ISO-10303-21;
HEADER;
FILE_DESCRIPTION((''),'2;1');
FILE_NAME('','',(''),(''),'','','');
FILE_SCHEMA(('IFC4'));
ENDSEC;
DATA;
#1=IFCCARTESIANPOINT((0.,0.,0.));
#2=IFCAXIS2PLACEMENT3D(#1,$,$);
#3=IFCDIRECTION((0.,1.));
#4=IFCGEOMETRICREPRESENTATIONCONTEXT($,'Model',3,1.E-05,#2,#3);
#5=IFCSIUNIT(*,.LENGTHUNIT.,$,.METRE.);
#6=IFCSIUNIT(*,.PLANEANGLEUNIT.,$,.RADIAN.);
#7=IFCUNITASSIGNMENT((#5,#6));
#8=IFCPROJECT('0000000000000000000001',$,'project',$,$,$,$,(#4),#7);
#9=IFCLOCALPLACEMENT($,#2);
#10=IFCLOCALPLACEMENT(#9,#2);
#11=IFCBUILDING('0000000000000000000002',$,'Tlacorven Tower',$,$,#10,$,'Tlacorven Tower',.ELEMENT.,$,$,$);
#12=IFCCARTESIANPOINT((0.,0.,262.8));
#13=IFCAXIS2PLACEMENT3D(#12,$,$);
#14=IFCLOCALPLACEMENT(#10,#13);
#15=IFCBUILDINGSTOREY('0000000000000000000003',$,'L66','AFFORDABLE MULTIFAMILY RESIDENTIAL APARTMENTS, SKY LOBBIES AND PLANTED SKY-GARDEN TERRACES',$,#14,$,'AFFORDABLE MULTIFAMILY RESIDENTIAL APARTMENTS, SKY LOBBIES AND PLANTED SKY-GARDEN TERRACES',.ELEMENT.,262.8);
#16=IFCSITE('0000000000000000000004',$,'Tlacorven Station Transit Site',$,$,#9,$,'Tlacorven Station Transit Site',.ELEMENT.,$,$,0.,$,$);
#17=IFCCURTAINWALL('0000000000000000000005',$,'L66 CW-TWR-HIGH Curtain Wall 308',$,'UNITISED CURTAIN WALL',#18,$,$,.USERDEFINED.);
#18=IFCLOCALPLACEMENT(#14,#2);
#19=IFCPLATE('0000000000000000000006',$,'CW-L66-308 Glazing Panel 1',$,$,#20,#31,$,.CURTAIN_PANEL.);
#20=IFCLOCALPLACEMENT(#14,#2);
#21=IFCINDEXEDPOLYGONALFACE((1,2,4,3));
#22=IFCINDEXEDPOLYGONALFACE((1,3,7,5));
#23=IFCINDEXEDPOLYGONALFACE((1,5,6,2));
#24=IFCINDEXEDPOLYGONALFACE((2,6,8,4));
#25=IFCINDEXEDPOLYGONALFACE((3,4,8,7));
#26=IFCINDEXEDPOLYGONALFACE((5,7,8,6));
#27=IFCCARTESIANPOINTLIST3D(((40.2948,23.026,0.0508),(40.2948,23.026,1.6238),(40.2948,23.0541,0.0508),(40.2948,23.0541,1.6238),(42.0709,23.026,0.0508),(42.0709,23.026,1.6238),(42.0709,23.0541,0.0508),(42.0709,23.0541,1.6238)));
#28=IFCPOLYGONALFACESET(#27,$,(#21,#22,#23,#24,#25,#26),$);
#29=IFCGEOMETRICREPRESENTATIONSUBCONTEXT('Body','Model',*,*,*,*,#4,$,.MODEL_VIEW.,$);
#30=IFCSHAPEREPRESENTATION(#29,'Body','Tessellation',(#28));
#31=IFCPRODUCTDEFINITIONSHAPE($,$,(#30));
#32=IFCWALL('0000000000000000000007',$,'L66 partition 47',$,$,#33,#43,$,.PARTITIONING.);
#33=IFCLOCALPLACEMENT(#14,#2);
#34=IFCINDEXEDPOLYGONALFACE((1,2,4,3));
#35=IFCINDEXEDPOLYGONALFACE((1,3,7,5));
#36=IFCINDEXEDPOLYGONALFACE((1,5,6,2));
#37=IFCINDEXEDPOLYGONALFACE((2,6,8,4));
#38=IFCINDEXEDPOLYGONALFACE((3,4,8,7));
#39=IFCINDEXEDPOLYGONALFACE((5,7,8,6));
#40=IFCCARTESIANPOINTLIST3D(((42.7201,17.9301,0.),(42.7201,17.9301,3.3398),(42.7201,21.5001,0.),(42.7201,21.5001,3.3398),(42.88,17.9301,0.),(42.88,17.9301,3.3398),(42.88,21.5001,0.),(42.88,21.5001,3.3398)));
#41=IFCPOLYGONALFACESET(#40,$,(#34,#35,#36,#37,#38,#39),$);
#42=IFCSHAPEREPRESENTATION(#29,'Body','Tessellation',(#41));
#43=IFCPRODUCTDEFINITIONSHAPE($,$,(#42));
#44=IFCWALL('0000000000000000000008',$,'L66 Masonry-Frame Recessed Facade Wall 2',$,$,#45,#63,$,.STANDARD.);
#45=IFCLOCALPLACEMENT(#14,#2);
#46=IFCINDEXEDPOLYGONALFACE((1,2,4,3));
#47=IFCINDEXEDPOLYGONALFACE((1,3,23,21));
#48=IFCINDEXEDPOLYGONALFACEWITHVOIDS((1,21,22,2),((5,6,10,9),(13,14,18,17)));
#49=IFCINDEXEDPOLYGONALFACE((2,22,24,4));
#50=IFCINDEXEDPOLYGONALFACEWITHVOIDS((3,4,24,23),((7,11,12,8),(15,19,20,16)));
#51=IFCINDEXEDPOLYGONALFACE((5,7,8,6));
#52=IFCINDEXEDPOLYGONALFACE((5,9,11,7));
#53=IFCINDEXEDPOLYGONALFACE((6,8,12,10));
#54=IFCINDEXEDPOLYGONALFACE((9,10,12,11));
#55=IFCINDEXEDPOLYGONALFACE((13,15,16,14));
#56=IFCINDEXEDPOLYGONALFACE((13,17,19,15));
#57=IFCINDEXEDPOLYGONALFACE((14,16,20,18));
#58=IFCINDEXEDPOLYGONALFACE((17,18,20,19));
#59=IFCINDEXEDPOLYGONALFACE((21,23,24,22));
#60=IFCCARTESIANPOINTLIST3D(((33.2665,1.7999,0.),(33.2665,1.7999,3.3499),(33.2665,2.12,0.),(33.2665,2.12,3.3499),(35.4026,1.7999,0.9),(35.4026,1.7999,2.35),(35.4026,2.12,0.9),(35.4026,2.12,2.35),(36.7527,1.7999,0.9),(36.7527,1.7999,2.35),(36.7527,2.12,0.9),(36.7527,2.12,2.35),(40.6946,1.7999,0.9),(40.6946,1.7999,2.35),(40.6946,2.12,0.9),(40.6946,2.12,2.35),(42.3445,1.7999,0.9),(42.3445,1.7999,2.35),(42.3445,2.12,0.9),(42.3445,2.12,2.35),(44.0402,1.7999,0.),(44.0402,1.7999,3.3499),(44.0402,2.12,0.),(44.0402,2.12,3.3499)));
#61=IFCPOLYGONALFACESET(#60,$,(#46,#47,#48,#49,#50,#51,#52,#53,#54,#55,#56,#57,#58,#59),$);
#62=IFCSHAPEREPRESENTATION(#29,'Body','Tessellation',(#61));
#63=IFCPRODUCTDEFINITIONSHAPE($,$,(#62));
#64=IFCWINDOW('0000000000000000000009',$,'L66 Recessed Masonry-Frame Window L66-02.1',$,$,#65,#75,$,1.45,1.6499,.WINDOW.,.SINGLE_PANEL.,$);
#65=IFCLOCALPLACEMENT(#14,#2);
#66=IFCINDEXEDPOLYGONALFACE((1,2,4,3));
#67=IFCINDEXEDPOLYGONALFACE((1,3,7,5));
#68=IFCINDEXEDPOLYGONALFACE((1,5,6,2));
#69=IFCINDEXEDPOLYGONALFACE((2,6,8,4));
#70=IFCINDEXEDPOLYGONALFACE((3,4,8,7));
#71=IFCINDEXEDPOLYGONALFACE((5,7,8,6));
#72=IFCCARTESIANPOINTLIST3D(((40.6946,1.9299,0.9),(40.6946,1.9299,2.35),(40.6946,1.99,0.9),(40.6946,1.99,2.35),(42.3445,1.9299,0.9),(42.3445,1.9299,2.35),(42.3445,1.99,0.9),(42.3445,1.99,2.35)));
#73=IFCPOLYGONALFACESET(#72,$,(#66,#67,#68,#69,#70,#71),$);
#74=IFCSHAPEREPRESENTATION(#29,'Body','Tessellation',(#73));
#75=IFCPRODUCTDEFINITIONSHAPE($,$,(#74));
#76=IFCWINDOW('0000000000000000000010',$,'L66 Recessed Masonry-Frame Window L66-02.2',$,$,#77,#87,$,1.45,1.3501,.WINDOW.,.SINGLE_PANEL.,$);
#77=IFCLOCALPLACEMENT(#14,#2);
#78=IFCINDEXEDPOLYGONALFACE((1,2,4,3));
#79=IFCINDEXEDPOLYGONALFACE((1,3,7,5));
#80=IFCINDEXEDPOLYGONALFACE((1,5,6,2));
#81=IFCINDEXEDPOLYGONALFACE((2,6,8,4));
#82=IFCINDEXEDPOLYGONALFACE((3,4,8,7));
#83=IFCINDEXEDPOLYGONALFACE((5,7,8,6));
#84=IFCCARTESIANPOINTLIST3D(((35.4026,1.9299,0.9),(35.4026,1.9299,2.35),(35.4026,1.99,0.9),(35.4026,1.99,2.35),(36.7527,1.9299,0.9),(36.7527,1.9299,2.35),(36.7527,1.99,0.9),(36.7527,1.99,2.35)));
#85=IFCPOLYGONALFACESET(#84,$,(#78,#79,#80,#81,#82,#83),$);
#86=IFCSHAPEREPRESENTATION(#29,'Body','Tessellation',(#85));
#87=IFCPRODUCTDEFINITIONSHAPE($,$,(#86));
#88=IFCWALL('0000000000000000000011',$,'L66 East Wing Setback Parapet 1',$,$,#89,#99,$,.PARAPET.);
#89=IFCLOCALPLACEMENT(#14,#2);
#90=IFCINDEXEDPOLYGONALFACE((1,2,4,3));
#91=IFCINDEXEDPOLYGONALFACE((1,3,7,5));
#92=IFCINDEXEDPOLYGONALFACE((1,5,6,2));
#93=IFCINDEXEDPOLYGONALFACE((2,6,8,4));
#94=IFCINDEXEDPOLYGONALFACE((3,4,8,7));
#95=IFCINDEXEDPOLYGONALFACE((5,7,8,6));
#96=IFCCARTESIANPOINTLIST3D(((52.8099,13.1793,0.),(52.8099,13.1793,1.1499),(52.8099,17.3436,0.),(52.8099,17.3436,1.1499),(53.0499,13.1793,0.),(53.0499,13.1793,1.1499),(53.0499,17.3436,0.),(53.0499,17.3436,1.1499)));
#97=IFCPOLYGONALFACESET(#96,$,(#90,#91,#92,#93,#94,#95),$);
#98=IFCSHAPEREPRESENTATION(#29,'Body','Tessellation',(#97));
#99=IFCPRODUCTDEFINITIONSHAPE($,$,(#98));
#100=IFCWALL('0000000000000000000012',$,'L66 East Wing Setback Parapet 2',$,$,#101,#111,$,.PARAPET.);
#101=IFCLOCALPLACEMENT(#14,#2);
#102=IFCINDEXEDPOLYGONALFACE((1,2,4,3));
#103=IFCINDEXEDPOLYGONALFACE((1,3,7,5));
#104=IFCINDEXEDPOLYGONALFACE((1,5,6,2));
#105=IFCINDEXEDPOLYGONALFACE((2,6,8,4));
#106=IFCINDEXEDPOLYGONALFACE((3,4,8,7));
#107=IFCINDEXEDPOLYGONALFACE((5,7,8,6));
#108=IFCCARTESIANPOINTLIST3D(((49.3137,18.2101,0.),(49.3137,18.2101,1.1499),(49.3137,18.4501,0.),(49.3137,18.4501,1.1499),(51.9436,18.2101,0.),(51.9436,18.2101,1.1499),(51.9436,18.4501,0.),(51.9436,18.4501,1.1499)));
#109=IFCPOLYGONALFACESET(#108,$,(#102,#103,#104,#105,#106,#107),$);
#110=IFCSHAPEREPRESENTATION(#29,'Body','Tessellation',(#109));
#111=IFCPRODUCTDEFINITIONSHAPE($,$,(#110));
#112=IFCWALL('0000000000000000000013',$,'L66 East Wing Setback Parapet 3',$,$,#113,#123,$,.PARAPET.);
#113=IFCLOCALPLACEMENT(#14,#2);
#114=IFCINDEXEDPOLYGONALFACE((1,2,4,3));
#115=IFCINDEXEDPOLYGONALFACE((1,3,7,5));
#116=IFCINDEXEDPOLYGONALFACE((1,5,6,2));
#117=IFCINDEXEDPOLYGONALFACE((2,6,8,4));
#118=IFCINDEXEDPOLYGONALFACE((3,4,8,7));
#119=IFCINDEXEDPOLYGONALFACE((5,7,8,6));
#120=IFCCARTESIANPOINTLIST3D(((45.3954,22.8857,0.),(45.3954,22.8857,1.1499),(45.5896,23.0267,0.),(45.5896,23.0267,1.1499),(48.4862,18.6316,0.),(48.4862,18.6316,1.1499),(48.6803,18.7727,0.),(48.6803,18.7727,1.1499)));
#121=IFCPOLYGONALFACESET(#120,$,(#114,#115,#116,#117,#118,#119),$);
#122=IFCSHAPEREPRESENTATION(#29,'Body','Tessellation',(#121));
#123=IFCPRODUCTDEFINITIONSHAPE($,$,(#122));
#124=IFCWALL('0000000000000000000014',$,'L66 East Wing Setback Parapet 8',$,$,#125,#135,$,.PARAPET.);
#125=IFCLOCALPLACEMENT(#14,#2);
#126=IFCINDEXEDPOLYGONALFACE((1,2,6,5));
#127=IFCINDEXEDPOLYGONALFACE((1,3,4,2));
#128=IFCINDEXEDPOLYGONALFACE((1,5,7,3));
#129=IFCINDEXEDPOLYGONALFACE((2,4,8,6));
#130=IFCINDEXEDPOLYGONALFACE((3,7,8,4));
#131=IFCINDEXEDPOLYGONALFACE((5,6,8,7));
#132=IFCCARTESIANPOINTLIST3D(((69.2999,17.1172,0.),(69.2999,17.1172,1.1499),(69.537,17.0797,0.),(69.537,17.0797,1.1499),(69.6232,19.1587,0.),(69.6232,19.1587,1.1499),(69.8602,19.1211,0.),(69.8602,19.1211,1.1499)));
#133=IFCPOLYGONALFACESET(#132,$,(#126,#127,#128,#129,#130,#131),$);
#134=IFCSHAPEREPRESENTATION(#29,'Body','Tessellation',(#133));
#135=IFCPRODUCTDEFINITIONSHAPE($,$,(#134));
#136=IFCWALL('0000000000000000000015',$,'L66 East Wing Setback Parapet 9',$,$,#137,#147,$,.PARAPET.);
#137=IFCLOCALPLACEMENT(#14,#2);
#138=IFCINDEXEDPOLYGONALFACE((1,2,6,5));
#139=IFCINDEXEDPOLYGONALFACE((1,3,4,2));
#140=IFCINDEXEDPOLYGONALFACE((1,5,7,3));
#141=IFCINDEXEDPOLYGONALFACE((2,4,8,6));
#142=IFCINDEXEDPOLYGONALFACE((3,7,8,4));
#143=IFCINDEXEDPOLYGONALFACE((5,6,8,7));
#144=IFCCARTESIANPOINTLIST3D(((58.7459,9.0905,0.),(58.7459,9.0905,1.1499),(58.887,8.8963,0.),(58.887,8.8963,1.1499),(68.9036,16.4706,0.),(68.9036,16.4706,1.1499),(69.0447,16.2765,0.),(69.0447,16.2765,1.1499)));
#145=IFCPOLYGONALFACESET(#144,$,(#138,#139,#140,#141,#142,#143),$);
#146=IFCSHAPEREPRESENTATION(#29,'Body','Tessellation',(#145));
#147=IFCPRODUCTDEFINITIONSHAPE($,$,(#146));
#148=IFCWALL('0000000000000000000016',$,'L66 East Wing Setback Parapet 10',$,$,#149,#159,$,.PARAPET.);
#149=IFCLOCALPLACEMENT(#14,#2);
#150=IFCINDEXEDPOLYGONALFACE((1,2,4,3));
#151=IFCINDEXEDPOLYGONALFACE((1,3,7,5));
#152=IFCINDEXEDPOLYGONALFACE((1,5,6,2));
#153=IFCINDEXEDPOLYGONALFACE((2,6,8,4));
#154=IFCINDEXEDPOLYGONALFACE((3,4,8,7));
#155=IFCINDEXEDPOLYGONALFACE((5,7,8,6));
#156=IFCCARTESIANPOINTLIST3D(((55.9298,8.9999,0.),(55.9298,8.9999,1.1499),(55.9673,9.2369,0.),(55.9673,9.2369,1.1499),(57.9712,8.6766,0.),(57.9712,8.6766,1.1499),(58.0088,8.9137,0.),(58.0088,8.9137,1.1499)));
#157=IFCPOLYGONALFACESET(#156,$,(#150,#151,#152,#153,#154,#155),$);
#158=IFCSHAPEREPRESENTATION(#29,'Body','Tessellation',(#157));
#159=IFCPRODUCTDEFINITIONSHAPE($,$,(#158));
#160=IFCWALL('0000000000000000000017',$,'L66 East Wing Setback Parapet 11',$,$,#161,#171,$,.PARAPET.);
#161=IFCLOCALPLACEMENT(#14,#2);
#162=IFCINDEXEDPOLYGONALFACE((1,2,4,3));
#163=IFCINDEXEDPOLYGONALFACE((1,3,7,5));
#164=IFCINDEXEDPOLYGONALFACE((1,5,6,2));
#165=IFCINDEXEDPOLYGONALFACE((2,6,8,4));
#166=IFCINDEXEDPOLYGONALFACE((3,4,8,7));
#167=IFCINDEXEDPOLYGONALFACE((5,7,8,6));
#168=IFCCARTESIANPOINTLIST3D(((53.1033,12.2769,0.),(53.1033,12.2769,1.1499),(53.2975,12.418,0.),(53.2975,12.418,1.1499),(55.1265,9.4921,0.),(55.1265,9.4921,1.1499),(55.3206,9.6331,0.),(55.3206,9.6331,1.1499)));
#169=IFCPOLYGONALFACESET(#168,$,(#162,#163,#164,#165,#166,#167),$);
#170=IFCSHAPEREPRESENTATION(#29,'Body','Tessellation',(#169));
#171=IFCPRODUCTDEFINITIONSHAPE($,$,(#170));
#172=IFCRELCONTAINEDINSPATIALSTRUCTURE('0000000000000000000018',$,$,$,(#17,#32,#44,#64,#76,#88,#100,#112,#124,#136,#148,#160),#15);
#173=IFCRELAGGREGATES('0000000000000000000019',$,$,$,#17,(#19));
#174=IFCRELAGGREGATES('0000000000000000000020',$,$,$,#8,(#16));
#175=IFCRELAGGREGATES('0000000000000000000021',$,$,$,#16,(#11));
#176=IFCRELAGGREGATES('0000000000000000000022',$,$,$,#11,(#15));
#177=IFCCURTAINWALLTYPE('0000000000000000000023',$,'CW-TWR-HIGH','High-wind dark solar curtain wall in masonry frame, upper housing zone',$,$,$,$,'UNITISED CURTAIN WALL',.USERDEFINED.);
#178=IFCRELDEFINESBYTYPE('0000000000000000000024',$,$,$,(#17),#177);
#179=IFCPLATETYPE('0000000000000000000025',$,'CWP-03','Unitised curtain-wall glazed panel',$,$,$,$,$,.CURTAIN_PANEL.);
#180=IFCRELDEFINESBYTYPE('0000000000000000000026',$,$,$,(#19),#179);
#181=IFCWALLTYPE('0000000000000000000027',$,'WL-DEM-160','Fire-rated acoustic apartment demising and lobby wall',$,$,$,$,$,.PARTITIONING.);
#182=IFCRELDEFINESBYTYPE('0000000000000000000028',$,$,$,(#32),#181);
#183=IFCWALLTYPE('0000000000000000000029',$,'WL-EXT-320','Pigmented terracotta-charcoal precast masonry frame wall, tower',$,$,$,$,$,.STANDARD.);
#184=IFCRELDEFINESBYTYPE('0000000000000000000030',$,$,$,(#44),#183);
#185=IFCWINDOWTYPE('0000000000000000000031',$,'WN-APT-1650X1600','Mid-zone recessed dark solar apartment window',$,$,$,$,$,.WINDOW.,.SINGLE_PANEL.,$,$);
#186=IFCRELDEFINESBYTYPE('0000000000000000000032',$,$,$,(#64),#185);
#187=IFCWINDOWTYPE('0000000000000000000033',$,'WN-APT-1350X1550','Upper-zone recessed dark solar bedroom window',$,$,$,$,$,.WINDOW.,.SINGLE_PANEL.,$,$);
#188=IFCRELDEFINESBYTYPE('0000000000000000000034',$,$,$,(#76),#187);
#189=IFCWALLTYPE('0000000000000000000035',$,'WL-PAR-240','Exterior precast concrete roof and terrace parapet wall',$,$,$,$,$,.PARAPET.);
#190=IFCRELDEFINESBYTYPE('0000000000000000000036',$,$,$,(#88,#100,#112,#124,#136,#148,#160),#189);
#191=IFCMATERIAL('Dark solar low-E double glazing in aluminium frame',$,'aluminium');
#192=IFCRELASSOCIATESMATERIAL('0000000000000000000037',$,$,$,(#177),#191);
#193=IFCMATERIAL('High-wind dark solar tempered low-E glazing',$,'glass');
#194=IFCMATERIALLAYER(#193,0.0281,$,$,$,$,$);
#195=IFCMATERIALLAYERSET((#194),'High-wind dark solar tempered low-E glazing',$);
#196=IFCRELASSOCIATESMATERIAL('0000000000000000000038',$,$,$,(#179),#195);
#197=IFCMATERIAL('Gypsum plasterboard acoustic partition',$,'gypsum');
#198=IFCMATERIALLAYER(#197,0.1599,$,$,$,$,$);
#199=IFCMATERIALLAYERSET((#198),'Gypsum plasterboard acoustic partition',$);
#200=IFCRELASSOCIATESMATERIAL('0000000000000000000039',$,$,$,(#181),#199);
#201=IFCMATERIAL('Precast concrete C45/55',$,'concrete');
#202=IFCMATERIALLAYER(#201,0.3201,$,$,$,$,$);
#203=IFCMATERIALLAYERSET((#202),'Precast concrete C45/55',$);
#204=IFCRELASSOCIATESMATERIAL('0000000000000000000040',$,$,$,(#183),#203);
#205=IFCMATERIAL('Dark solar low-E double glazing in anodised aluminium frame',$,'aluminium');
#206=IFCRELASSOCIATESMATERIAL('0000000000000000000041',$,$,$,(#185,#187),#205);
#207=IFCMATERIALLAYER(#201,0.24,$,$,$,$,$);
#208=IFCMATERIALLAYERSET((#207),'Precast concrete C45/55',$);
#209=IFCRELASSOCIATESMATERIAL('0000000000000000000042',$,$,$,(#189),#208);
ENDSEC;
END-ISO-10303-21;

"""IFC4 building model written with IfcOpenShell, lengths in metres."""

from ifc_helpers import new_model, si_unit, direction, frame, frame_2d, origin, origin_2d, place, context, subcontext, project, spatial, rectangle, extrude, source, transform, mapped, material, layer, layer_set, type_object, element, fill, aggregate, save


model = new_model("IFC4")

# Units and contexts
model_context = context("Model", 3, precision=1e-05, world=origin(), true_north=direction((0.0, 1.0)))
body_context = subcontext(model_context, "Body", "Model", "MODEL_VIEW")
ifc_project = project(units=[si_unit("LENGTHUNIT", "METRE"), si_unit("PLANEANGLEUNIT", "RADIAN")], contexts=[model_context])

# Site, building, storey
site_placement = place(None, origin())
site = spatial("IfcSite", under=ifc_project, at=site_placement, Name="Tlacorven Station Transit Site", LongName="Tlacorven Station Transit Site", CompositionType="ELEMENT", RefElevation=0.0)
building_placement = place(site_placement, origin())
building = spatial("IfcBuilding", under=site, at=building_placement, Name="Tlacorven Tower", LongName="Tlacorven Tower", CompositionType="ELEMENT")
storey_placement = place(building_placement, frame((0.0, 0.0, 262.8)))
storey = spatial("IfcBuildingStorey", under=building, at=storey_placement, Name="L66", Description="AFFORDABLE MULTIFAMILY RESIDENTIAL APARTMENTS, SKY LOBBIES AND PLANTED SKY-GARDEN TERRACES", LongName="AFFORDABLE MULTIFAMILY RESIDENTIAL APARTMENTS, SKY LOBBIES AND PLANTED SKY-GARDEN TERRACES", CompositionType="ELEMENT", Elevation=262.8)

# Curtain wall, plate
ifc_material_1 = material(Name="Dark solar low-E double glazing in aluminium frame", Category="aluminium")
curtain_wall_type = type_object("IfcCurtainWallType", Name="CW-TWR-HIGH", Description="High-wind dark solar curtain wall in masonry frame, upper housing zone", ElementType="UNITISED CURTAIN WALL", PredefinedType="USERDEFINED", material=ifc_material_1)
curtain_wall_placement = place(storey_placement, origin())
curtain_wall = element("IfcCurtainWall", 1, at=curtain_wall_placement, inside=storey, type_object=curtain_wall_type, Name="L66 CW-TWR-HIGH Curtain Wall 308", ObjectType="UNITISED CURTAIN WALL", PredefinedType="USERDEFINED")
ifc_material_2 = material(Name="High-wind dark solar tempered low-E glazing", Category="glass")
ifc_layer_1 = layer(ifc_material_2, 0.0281)
ifc_layer_set_1 = layer_set([ifc_layer_1], Name="High-wind dark solar tempered low-E glazing")
plate_type = type_object("IfcPlateType", Name="CWP-03", Description="Unitised curtain-wall glazed panel", PredefinedType="CURTAIN_PANEL", material=ifc_layer_set_1)
shared_shape_1 = source(origin(), body_context, "Body", "SweptSolid", [
    extrude(rectangle(XDim=1.7761, YDim=0.0281, at=origin_2d()), origin(), (0.0, 0.0, 1.0), 1.573),
])
plate_placement = place(storey_placement, frame((41.1829, 23.04, 0.0508), z_axis=(0.0, 0.0, 1.0), x_axis=(1.0, 0.0, 0.0)))
plate = element("IfcPlate", 2, at=plate_placement, type_object=plate_type, Name="CW-L66-308 Glazing Panel 1", PredefinedType="CURTAIN_PANEL", context=body_context, shape_type="MappedRepresentation", body=[
    mapped(shared_shape_1, transform((0.0, 0.0, 0.0), scale=1.0)),
])
aggregate(curtain_wall, [plate])

# Wall
ifc_material_3 = material(Name="Gypsum plasterboard acoustic partition", Category="gypsum")
ifc_layer_2 = layer(ifc_material_3, 0.1599)
ifc_layer_set_2 = layer_set([ifc_layer_2], Name="Gypsum plasterboard acoustic partition")
wall_type_1 = type_object("IfcWallType", Name="WL-DEM-160", Description="Fire-rated acoustic apartment demising and lobby wall", PredefinedType="PARTITIONING", material=ifc_layer_set_2)
wall_1_placement = place(storey_placement, frame((42.8, 17.9299, 0.0), z_axis=(0.0, 0.0, 1.0), x_axis=(0.0, 1.0, 0.0)))
element("IfcWall", 3, at=wall_1_placement, inside=storey, type_object=wall_type_1, Name="L66 partition 47", PredefinedType="PARTITIONING", context=body_context, shape_type="SweptSolid", body=[
    extrude(rectangle(XDim=3.5701, YDim=0.1599, at=frame_2d((1.7852, 0.0))), origin(), (0.0, 0.0, 1.0), 3.3398),
])

# Wall, openings, windows
ifc_material_4 = material(Name="Precast concrete C45/55", Category="concrete")
ifc_layer_3 = layer(ifc_material_4, 0.3201)
ifc_layer_set_3 = layer_set([ifc_layer_3], Name="Precast concrete C45/55")
wall_type_2 = type_object("IfcWallType", Name="WL-EXT-320", Description="Pigmented terracotta-charcoal precast masonry frame wall, tower", PredefinedType="STANDARD", material=ifc_layer_set_3)
wall_2_placement = place(storey_placement, frame((44.04, 1.96, 0.0), z_axis=(0.0, 0.0, 1.0), x_axis=(-1.0, 0.0, 0.0)))
wall_2 = element("IfcWall", 4, at=wall_2_placement, inside=storey, type_object=wall_type_2, Name="L66 Masonry-Frame Recessed Facade Wall 2", PredefinedType="STANDARD", context=body_context, shape_type="SweptSolid", body=[
    extrude(rectangle(XDim=10.7737, YDim=0.3201, at=frame_2d((5.3867, 0.0))), origin(), (0.0, 0.0, 1.0), 3.3499),
])
opening_1_placement = place(wall_2_placement, frame((1.6956, 0.0, 0.8999)))
opening_1 = element("IfcOpeningElement", 5, at=opening_1_placement, cuts=wall_2, PredefinedType="OPENING", context=body_context, shape_type="SweptSolid", body=[
    extrude(rectangle(XDim=1.6499, YDim=1.45, at=frame_2d((0.825, 0.7251))), frame((0.0, 0.1699, 0.0), z_axis=(0.0, -1.0, 0.0), x_axis=(1.0, 0.0, 0.0)), (0.0, 0.0, 1.0), 0.3401),
])
opening_2_placement = place(wall_2_placement, frame((7.2874, 0.0, 0.8999)))
opening_2 = element("IfcOpeningElement", 6, at=opening_2_placement, cuts=wall_2, PredefinedType="OPENING", context=body_context, shape_type="SweptSolid", body=[
    extrude(rectangle(XDim=1.3501, YDim=1.45, at=frame_2d((0.675, 0.7251))), frame((0.0, 0.1699, 0.0), z_axis=(0.0, -1.0, 0.0), x_axis=(1.0, 0.0, 0.0)), (0.0, 0.0, 1.0), 0.3401),
])
ifc_material_5 = material(Name="Dark solar low-E double glazing in anodised aluminium frame", Category="aluminium")
window_type_1 = type_object("IfcWindowType", Name="WN-APT-1650X1600", Description="Mid-zone recessed dark solar apartment window", PartitioningType="SINGLE_PANEL", PredefinedType="WINDOW", material=ifc_material_5)
shared_shape_2 = source(origin(), body_context, "Body", "SweptSolid", [
    extrude(rectangle(XDim=1.6499, YDim=1.45, at=frame_2d((0.825, 0.7251))), frame((0.0, 0.03, 0.0), z_axis=(0.0, -1.0, 0.0), x_axis=(1.0, 0.0, 0.0)), (0.0, 0.0, 1.0), 0.0601),
])
window_1_placement = place(opening_1_placement, origin())
window_1 = element("IfcWindow", 7, at=window_1_placement, inside=storey, type_object=window_type_1, Name="L66 Recessed Masonry-Frame Window L66-02.1", OverallHeight=1.45, OverallWidth=1.6499, PartitioningType="SINGLE_PANEL", PredefinedType="WINDOW", context=body_context, shape_type="MappedRepresentation", body=[
    mapped(shared_shape_2, transform((0.0, 0.0, 0.0), scale=1.0)),
])
fill(opening_1, window_1)
window_type_2 = type_object("IfcWindowType", Name="WN-APT-1350X1550", Description="Upper-zone recessed dark solar bedroom window", PartitioningType="SINGLE_PANEL", PredefinedType="WINDOW", material=ifc_material_5)
shared_shape_3 = source(origin(), body_context, "Body", "SweptSolid", [
    extrude(rectangle(XDim=1.3501, YDim=1.45, at=frame_2d((0.675, 0.7251))), frame((0.0, 0.03, 0.0), z_axis=(0.0, -1.0, 0.0), x_axis=(1.0, 0.0, 0.0)), (0.0, 0.0, 1.0), 0.0601),
])
window_2_placement = place(opening_2_placement, origin())
window_2 = element("IfcWindow", 8, at=window_2_placement, inside=storey, type_object=window_type_2, Name="L66 Recessed Masonry-Frame Window L66-02.2", OverallHeight=1.45, OverallWidth=1.3501, PartitioningType="SINGLE_PANEL", PredefinedType="WINDOW", context=body_context, shape_type="MappedRepresentation", body=[
    mapped(shared_shape_3, transform((0.0, 0.0, 0.0), scale=1.0)),
])
fill(opening_2, window_2)

# Walls
ifc_layer_4 = layer(ifc_material_4, 0.24)
ifc_layer_set_4 = layer_set([ifc_layer_4], Name="Precast concrete C45/55")
wall_type_3 = type_object("IfcWallType", Name="WL-PAR-240", Description="Exterior precast concrete roof and terrace parapet wall", PredefinedType="PARAPET", material=ifc_layer_set_4)
wall_3_placement = place(storey_placement, frame((52.9299, 13.1794, 0.0), z_axis=(0.0, 0.0, 1.0), x_axis=(0.0, 1.0, 0.0)))
element("IfcWall", 9, at=wall_3_placement, inside=storey, type_object=wall_type_3, Name="L66 East Wing Setback Parapet 1", PredefinedType="PARAPET", context=body_context, shape_type="SweptSolid", body=[
    extrude(rectangle(XDim=4.1643, YDim=0.24, at=frame_2d((2.082, 0.0))), origin(), (0.0, 0.0, 1.0), 1.1499),
])
wall_4_placement = place(storey_placement, frame((51.9436, 18.3301, 0.0), z_axis=(0.0, 0.0, 1.0), x_axis=(-1.0, 0.0, 0.0)))
element("IfcWall", 10, at=wall_4_placement, inside=storey, type_object=wall_type_3, Name="L66 East Wing Setback Parapet 2", PredefinedType="PARAPET", context=body_context, shape_type="SweptSolid", body=[
    extrude(rectangle(XDim=2.6299, YDim=0.24, at=frame_2d((1.3149, 0.0))), origin(), (0.0, 0.0, 1.0), 1.1499),
])
wall_5_placement = place(storey_placement, frame((48.5833, 18.7021, 0.0), z_axis=(0.0, 0.0, 1.0), x_axis=(-0.587785, 0.809017, 0.0)))
element("IfcWall", 11, at=wall_5_placement, inside=storey, type_object=wall_type_3, Name="L66 East Wing Setback Parapet 3", PredefinedType="PARAPET", context=body_context, shape_type="SweptSolid", body=[
    extrude(rectangle(XDim=5.2583, YDim=0.24, at=frame_2d((2.6292, 0.0))), origin(), (0.0, 0.0, 1.0), 1.1499),
])
wall_6_placement = place(storey_placement, frame((69.7417, 19.1399, 0.0), z_axis=(0.0, 0.0, 1.0), x_axis=(-0.156387, -0.987696, 0.0)))
element("IfcWall", 12, at=wall_6_placement, inside=storey, type_object=wall_type_3, Name="L66 East Wing Setback Parapet 8", PredefinedType="PARAPET", context=body_context, shape_type="SweptSolid", body=[
    extrude(rectangle(XDim=2.0669, YDim=0.24, at=frame_2d((1.0334, 0.0))), origin(), (0.0, 0.0, 1.0), 1.1499),
])
wall_7_placement = place(storey_placement, frame((68.9741, 16.3735, 0.0), z_axis=(0.0, 0.0, 1.0), x_axis=(-0.809013, -0.587791, 0.0)))
element("IfcWall", 13, at=wall_7_placement, inside=storey, type_object=wall_type_3, Name="L66 East Wing Setback Parapet 9", PredefinedType="PARAPET", context=body_context, shape_type="SweptSolid", body=[
    extrude(rectangle(XDim=12.5557, YDim=0.24, at=frame_2d((6.2778, 0.0))), origin(), (0.0, 0.0, 1.0), 1.1499),
])
wall_8_placement = place(storey_placement, frame((57.99, 8.7952, 0.0), z_axis=(0.0, 0.0, 1.0), x_axis=(-0.987696, 0.156387, 0.0)))
element("IfcWall", 14, at=wall_8_placement, inside=storey, type_object=wall_type_3, Name="L66 East Wing Setback Parapet 10", PredefinedType="PARAPET", context=body_context, shape_type="SweptSolid", body=[
    extrude(rectangle(XDim=2.0669, YDim=0.24, at=frame_2d((1.0334, 0.0))), origin(), (0.0, 0.0, 1.0), 1.1499),
])
wall_9_placement = place(storey_placement, frame((55.2236, 9.5625, 0.0), z_axis=(0.0, 0.0, 1.0), x_axis=(-0.587754, 0.80904, 0.0)))
element("IfcWall", 15, at=wall_9_placement, inside=storey, type_object=wall_type_3, Name="L66 East Wing Setback Parapet 11", PredefinedType="PARAPET", context=body_context, shape_type="SweptSolid", body=[
    extrude(rectangle(XDim=3.4421, YDim=0.24, at=frame_2d((1.7212, 0.0))), origin(), (0.0, 0.0, 1.0), 1.1499),
])

save(model, "model.ifc")
